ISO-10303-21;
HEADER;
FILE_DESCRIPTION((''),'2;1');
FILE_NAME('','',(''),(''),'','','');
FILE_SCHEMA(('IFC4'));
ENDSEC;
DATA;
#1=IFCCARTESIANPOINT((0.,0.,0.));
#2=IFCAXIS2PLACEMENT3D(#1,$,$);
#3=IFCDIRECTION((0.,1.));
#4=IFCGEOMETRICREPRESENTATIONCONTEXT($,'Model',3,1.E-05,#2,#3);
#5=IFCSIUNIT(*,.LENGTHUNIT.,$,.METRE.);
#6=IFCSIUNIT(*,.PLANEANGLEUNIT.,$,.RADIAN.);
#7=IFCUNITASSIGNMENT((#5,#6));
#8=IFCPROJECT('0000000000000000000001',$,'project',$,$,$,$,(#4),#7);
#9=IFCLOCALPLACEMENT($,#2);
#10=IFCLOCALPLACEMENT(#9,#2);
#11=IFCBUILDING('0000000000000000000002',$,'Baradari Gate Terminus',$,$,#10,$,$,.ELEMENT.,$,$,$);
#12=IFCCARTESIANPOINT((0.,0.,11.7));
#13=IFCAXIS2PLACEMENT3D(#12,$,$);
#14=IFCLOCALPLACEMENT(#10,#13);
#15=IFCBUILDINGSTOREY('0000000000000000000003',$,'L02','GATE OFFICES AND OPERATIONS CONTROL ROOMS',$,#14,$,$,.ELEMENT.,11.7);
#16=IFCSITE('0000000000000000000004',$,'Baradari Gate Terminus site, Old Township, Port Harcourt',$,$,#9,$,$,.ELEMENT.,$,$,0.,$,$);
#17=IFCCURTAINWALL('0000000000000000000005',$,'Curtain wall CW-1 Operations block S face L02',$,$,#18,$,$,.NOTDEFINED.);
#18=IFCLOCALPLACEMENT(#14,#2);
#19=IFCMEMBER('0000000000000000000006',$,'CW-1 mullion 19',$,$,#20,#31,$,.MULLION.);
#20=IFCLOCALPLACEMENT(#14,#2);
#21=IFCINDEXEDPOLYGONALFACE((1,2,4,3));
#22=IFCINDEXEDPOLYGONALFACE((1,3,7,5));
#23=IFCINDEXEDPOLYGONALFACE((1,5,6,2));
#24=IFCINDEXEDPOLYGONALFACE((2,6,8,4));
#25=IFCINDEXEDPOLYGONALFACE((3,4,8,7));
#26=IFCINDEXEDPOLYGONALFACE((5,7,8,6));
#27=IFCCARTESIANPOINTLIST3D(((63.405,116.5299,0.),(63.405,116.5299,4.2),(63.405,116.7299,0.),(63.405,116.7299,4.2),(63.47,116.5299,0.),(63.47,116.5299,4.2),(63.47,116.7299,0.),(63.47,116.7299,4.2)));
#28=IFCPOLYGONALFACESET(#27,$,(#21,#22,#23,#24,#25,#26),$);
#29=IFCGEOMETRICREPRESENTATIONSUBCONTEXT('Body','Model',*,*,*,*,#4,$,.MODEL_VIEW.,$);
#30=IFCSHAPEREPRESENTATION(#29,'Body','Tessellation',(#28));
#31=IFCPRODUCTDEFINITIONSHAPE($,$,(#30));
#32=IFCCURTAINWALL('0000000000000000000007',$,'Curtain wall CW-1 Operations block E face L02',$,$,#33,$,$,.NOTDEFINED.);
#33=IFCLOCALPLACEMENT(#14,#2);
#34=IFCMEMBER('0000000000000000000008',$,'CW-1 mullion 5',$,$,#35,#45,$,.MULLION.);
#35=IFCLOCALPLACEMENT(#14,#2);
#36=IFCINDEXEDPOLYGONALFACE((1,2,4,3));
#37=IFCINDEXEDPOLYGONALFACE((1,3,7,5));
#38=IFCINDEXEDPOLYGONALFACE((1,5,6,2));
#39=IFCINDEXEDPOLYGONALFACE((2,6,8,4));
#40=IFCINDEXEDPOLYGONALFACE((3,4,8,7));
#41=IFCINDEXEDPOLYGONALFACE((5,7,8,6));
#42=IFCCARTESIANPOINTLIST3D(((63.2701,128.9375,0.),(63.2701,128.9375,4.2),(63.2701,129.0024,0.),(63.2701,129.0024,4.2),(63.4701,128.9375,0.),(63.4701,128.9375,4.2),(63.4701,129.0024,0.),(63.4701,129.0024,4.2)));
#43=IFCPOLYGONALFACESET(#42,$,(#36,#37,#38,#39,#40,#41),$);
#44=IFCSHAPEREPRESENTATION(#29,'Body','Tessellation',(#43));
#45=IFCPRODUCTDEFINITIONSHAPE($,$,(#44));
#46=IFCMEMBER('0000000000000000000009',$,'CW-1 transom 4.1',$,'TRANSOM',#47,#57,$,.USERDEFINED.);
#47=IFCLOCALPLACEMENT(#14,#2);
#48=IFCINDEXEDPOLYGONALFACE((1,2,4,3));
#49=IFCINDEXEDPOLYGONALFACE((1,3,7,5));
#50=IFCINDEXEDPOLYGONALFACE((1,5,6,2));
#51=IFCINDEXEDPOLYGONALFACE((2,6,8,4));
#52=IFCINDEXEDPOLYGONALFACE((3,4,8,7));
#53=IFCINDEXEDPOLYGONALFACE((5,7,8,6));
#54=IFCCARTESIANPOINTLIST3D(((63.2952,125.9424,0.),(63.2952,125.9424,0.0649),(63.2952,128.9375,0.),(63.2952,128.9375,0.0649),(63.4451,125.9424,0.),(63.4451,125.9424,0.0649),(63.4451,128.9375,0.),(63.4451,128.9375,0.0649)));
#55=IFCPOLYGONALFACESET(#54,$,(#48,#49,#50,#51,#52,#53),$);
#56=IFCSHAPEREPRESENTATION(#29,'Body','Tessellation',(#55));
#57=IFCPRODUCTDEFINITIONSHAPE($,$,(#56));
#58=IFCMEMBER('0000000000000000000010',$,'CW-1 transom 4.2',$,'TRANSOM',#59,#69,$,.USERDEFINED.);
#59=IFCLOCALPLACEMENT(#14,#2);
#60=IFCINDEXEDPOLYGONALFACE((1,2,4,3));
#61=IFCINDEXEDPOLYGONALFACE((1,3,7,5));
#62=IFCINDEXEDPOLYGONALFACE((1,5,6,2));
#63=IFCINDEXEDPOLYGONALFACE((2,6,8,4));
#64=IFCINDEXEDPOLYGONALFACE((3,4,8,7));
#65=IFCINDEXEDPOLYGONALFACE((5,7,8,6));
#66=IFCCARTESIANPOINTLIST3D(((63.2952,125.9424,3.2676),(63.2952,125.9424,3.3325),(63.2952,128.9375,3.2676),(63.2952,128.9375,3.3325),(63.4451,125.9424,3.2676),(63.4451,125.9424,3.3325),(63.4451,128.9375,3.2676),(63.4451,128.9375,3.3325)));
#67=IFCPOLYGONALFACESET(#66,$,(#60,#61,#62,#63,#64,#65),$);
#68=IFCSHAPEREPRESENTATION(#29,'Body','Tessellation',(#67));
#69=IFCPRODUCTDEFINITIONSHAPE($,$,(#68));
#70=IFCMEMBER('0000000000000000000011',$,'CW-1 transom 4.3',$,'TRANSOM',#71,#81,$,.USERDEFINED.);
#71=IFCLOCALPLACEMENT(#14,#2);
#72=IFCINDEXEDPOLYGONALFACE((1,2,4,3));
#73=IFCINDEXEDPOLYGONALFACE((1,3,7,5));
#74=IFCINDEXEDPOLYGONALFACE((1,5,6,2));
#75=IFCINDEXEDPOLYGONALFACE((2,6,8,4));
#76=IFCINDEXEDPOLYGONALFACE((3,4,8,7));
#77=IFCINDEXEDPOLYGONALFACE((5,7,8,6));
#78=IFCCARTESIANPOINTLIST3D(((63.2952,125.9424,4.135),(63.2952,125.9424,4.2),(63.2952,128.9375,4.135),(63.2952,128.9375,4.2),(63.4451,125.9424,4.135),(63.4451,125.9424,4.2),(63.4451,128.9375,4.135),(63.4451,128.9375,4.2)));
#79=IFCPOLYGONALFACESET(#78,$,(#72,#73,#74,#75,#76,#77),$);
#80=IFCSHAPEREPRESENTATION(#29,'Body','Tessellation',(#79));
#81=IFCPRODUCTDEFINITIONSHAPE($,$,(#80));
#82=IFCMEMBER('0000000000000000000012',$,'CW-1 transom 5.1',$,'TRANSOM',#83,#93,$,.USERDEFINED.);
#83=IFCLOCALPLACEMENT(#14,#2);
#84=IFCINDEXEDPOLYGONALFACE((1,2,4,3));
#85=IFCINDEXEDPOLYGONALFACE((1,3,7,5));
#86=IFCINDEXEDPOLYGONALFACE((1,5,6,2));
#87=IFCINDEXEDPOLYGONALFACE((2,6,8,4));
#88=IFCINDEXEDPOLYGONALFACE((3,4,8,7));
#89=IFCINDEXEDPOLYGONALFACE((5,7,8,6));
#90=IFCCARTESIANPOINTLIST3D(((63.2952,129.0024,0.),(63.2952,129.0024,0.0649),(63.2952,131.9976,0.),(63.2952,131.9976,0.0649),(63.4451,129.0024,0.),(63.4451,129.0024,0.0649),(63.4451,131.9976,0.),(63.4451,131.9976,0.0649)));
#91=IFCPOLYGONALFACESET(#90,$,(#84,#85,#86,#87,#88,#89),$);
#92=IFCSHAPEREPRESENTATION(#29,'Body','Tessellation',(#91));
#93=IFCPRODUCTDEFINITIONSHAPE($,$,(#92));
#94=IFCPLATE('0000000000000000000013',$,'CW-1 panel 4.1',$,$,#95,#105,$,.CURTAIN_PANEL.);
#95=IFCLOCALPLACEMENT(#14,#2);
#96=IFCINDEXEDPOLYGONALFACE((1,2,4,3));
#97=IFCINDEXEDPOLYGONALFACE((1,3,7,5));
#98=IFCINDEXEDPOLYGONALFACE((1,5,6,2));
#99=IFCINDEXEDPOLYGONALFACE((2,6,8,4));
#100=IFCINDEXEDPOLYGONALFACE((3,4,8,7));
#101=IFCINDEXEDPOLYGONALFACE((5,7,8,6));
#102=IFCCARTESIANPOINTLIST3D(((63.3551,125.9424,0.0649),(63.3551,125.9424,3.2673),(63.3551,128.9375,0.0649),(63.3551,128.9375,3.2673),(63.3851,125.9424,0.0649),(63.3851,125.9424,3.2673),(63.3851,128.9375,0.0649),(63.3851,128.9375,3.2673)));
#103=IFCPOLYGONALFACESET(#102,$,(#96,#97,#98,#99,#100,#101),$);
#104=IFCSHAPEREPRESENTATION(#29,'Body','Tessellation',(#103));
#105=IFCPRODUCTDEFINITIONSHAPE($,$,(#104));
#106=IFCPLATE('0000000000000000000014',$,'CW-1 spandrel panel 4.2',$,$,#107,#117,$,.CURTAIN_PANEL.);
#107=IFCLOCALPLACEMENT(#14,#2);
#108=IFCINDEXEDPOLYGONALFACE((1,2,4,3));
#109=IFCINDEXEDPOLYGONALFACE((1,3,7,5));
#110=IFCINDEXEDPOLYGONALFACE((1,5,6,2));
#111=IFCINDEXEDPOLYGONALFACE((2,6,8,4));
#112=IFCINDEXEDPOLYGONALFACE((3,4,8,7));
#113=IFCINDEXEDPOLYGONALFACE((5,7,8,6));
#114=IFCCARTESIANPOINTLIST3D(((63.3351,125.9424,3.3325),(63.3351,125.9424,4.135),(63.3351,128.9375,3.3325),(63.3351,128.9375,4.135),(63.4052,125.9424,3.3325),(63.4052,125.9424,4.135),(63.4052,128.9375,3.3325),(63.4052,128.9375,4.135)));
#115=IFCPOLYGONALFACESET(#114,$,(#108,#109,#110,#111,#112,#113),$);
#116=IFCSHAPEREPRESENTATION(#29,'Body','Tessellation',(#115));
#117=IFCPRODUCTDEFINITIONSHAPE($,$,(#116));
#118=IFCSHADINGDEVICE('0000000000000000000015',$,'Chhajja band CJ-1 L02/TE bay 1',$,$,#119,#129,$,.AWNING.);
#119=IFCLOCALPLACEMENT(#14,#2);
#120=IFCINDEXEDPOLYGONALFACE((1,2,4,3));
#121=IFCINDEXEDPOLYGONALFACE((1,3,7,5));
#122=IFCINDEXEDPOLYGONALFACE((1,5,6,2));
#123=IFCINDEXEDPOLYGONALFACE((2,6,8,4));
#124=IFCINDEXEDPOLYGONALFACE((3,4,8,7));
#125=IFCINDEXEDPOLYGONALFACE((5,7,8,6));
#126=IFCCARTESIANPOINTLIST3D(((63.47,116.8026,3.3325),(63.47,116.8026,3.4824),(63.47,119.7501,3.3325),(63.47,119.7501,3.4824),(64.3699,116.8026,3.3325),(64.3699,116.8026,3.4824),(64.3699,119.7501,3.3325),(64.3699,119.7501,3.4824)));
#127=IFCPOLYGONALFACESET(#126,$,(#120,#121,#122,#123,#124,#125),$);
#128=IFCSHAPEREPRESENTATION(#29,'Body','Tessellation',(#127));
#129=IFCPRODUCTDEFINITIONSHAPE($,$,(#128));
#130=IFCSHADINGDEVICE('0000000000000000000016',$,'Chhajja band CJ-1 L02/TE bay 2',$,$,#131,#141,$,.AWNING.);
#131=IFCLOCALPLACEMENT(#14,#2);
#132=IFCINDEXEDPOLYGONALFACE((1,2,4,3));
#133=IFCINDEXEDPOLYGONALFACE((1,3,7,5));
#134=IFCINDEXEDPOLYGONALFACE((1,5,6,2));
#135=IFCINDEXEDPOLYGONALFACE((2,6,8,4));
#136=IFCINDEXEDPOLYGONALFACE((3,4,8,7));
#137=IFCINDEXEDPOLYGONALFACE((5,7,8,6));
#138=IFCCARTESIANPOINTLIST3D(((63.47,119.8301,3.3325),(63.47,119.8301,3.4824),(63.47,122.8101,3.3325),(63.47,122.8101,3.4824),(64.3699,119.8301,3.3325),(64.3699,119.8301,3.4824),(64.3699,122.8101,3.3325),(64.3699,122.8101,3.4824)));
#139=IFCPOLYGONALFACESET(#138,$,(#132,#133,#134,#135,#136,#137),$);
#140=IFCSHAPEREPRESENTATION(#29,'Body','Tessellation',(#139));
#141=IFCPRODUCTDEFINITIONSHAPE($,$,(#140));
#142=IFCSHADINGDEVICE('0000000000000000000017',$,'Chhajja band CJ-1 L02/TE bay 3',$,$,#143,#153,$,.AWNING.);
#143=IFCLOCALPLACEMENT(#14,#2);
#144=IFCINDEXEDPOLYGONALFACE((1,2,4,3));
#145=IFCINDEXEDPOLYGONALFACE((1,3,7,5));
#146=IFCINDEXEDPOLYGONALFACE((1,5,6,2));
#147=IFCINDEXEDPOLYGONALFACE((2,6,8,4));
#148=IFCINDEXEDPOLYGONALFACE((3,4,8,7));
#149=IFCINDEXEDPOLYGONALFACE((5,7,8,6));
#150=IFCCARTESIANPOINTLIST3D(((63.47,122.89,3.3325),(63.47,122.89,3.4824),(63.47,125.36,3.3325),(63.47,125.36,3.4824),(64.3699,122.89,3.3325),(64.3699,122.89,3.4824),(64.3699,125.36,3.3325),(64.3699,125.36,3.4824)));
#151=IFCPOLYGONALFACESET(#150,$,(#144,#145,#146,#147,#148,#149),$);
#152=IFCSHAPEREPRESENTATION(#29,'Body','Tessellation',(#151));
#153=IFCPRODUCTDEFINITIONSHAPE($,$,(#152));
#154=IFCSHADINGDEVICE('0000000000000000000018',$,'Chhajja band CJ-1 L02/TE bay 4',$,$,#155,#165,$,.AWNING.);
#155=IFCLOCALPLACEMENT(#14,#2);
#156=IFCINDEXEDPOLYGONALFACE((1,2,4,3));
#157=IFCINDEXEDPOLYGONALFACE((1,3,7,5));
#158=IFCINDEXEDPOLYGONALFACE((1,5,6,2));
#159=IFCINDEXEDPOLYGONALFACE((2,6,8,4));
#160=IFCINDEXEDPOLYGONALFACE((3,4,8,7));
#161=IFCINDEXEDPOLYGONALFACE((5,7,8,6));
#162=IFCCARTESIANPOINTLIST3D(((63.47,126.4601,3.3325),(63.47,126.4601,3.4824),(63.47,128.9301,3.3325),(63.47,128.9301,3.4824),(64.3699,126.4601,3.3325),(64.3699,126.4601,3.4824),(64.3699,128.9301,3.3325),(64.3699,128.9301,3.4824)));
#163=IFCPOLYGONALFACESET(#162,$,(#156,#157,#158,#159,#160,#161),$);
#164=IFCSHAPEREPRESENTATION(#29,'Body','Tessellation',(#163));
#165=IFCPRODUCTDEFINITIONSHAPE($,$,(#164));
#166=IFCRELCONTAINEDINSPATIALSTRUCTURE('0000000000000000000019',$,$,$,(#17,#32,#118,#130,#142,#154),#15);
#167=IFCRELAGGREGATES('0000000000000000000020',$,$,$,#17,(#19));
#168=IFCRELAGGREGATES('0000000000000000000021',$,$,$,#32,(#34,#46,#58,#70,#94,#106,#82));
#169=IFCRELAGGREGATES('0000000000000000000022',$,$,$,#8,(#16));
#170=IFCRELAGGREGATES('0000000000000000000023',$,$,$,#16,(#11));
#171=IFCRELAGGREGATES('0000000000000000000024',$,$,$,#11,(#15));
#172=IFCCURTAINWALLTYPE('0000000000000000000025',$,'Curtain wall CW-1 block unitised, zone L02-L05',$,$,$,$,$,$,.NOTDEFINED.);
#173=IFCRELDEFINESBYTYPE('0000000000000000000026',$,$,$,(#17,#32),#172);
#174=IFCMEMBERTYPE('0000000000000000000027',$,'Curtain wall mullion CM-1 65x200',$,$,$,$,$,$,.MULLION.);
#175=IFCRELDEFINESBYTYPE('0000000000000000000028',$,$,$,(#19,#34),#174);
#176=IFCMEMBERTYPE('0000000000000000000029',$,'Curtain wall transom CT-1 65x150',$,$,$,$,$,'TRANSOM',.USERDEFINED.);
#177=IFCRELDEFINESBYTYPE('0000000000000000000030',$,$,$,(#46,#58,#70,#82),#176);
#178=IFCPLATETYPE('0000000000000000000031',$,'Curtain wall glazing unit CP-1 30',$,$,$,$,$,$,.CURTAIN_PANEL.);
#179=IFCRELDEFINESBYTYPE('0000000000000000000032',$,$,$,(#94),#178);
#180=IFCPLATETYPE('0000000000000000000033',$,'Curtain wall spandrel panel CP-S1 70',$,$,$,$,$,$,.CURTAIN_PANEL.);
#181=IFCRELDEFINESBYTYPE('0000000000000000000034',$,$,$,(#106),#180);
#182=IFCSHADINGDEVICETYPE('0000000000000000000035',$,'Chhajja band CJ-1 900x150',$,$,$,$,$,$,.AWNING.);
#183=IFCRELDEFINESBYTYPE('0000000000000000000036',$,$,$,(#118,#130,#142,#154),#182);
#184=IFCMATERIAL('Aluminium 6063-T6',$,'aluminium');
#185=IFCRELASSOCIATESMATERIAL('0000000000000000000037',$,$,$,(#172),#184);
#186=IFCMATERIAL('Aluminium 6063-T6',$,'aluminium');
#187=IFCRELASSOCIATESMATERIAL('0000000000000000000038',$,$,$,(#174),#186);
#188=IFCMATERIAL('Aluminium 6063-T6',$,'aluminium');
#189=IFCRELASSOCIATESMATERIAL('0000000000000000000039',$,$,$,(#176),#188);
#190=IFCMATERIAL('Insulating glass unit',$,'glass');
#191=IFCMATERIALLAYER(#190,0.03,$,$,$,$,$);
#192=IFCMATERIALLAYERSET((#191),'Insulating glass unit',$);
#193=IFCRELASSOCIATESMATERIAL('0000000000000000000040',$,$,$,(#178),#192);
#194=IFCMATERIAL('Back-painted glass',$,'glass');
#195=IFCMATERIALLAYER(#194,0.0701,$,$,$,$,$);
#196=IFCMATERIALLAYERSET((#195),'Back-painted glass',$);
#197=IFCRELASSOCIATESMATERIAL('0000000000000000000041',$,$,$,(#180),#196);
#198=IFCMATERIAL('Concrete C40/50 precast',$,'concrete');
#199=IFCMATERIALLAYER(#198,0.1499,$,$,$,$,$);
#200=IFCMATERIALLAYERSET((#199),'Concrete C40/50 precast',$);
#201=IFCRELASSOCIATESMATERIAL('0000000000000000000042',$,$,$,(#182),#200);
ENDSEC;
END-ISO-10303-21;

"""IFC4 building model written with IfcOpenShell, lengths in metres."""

from ifc_helpers import new_model, si_unit, direction, frame, origin, origin_2d, place, context, subcontext, project, spatial, rectangle, extrude, material, layer, layer_set, material_profile, profile_set, type_object, element, aggregate, save


model = new_model("IFC4")

# Units and contexts
model_context = context("Model", 3, precision=1e-05, world=origin(), true_north=direction((0.0, 1.0)))
body_context = subcontext(model_context, "Body", "Model", "MODEL_VIEW")
ifc_project = project(units=[si_unit("LENGTHUNIT", "METRE"), si_unit("PLANEANGLEUNIT", "RADIAN")], contexts=[model_context])

# Site, building, storey
site_placement = place(None, origin())
site = spatial("IfcSite", under=ifc_project, at=site_placement, Name="Baradari Gate Terminus site, Old Township, Port Harcourt", CompositionType="ELEMENT", RefElevation=0.0)
building_placement = place(site_placement, origin())
building = spatial("IfcBuilding", under=site, at=building_placement, Name="Baradari Gate Terminus", CompositionType="ELEMENT")
storey_placement = place(building_placement, frame((0.0, 0.0, 11.7)))
storey = spatial("IfcBuildingStorey", under=building, at=storey_placement, Name="L02", Description="GATE OFFICES AND OPERATIONS CONTROL ROOMS", CompositionType="ELEMENT", Elevation=11.7)

# Curtain wall, member
ifc_material_1 = material(Name="Aluminium 6063-T6", Category="aluminium")
curtain_wall_type = type_object("IfcCurtainWallType", Name="Curtain wall CW-1 block unitised, zone L02-L05", PredefinedType="NOTDEFINED", material=ifc_material_1)
curtain_wall_1_placement = place(storey_placement, origin())
curtain_wall_1 = element("IfcCurtainWall", 1, at=curtain_wall_1_placement, inside=storey, type_object=curtain_wall_type, Name="Curtain wall CW-1 Operations block S face L02", PredefinedType="NOTDEFINED")
ifc_material_2 = material(Name="Aluminium 6063-T6", Category="aluminium")
ifc_material_profile_1 = material_profile(ifc_material_2, rectangle(XDim=0.2, YDim=0.0649, at=origin_2d()), Name="CM-1 65X200")
ifc_profile_set_1 = profile_set([ifc_material_profile_1], Name="Aluminium 6063-T6")
member_type_1 = type_object("IfcMemberType", Name="Curtain wall mullion CM-1 65x200", PredefinedType="MULLION", material=ifc_profile_set_1)
member_1_placement = place(storey_placement, frame((63.4375, 116.6299, 0.0), z_axis=(0.0, 0.0, 1.0), x_axis=(0.0, 1.0, 0.0)))
member_1 = element("IfcMember", 2, at=member_1_placement, type_object=member_type_1, Name="CW-1 mullion 19", PredefinedType="MULLION", context=body_context, shape_type="SweptSolid", body=[
    extrude(rectangle(XDim=0.2, YDim=0.0649, at=origin_2d()), origin(), (0.0, 0.0, 1.0), 4.2),
])
aggregate(curtain_wall_1, [member_1])

# Curtain wall, members, plates
curtain_wall_2_placement = place(storey_placement, origin())
curtain_wall_2 = element("IfcCurtainWall", 3, at=curtain_wall_2_placement, inside=storey, type_object=curtain_wall_type, Name="Curtain wall CW-1 Operations block E face L02", PredefinedType="NOTDEFINED")
member_2_placement = place(storey_placement, frame((63.3701, 128.97, 0.0), z_axis=(0.0, 0.0, 1.0), x_axis=(-1.0, 0.0, 0.0)))
member_2 = element("IfcMember", 4, at=member_2_placement, type_object=member_type_1, Name="CW-1 mullion 5", PredefinedType="MULLION", context=body_context, shape_type="SweptSolid", body=[
    extrude(rectangle(XDim=0.2, YDim=0.0649, at=origin_2d()), origin(), (0.0, 0.0, 1.0), 4.2),
])
ifc_material_3 = material(Name="Aluminium 6063-T6", Category="aluminium")
ifc_material_profile_2 = material_profile(ifc_material_3, rectangle(XDim=0.1499, YDim=0.0649, at=origin_2d()), Name="CT-1 65X150")
ifc_profile_set_2 = profile_set([ifc_material_profile_2], Name="Aluminium 6063-T6")
member_type_2 = type_object("IfcMemberType", Name="Curtain wall transom CT-1 65x150", ElementType="TRANSOM", PredefinedType="USERDEFINED", material=ifc_profile_set_2)
member_3_placement = place(storey_placement, frame((63.3701, 125.9424, 0.0325), z_axis=(0.0, 1.0, 0.0), x_axis=(-1.0, 0.0, 0.0)))
member_3 = element("IfcMember", 5, at=member_3_placement, type_object=member_type_2, Name="CW-1 transom 4.1", ObjectType="TRANSOM", PredefinedType="USERDEFINED", context=body_context, shape_type="SweptSolid", body=[
    extrude(rectangle(XDim=0.1499, YDim=0.0649, at=origin_2d()), origin(), (0.0, 0.0, 1.0), 2.9951),
])
member_4_placement = place(storey_placement, frame((63.3701, 125.9424, 3.3), z_axis=(0.0, 1.0, 0.0), x_axis=(-1.0, 0.0, 0.0)))
member_4 = element("IfcMember", 6, at=member_4_placement, type_object=member_type_2, Name="CW-1 transom 4.2", ObjectType="TRANSOM", PredefinedType="USERDEFINED", context=body_context, shape_type="SweptSolid", body=[
    extrude(rectangle(XDim=0.1499, YDim=0.0649, at=origin_2d()), origin(), (0.0, 0.0, 1.0), 2.9951),
])
member_5_placement = place(storey_placement, frame((63.3701, 125.9424, 4.1675), z_axis=(0.0, 1.0, 0.0), x_axis=(-1.0, 0.0, 0.0)))
member_5 = element("IfcMember", 7, at=member_5_placement, type_object=member_type_2, Name="CW-1 transom 4.3", ObjectType="TRANSOM", PredefinedType="USERDEFINED", context=body_context, shape_type="SweptSolid", body=[
    extrude(rectangle(XDim=0.1499, YDim=0.0649, at=origin_2d()), origin(), (0.0, 0.0, 1.0), 2.9951),
])
member_6_placement = place(storey_placement, frame((63.3701, 129.0024, 0.0325), z_axis=(0.0, 1.0, 0.0), x_axis=(-1.0, 0.0, 0.0)))
member_6 = element("IfcMember", 8, at=member_6_placement, type_object=member_type_2, Name="CW-1 transom 5.1", ObjectType="TRANSOM", PredefinedType="USERDEFINED", context=body_context, shape_type="SweptSolid", body=[
    extrude(rectangle(XDim=0.1499, YDim=0.0649, at=origin_2d()), origin(), (0.0, 0.0, 1.0), 2.9951),
])
ifc_material_4 = material(Name="Insulating glass unit", Category="glass")
ifc_layer_1 = layer(ifc_material_4, 0.03)
ifc_layer_set_1 = layer_set([ifc_layer_1], Name="Insulating glass unit")
plate_type_1 = type_object("IfcPlateType", Name="Curtain wall glazing unit CP-1 30", PredefinedType="CURTAIN_PANEL", material=ifc_layer_set_1)
plate_1_placement = place(storey_placement, frame((63.3701, 127.4399, 0.0649), z_axis=(0.0, 0.0, 1.0), x_axis=(0.0, 1.0, 0.0)))
plate_1 = element("IfcPlate", 9, at=plate_1_placement, type_object=plate_type_1, Name="CW-1 panel 4.1", PredefinedType="CURTAIN_PANEL", context=body_context, shape_type="SweptSolid", body=[
    extrude(rectangle(XDim=2.9951, YDim=0.03, at=origin_2d()), origin(), (0.0, 0.0, 1.0), 3.2024),
])
ifc_material_5 = material(Name="Back-painted glass", Category="glass")
ifc_layer_2 = layer(ifc_material_5, 0.0701)
ifc_layer_set_2 = layer_set([ifc_layer_2], Name="Back-painted glass")
plate_type_2 = type_object("IfcPlateType", Name="Curtain wall spandrel panel CP-S1 70", PredefinedType="CURTAIN_PANEL", material=ifc_layer_set_2)
plate_2_placement = place(storey_placement, frame((63.3701, 127.4399, 3.3325), z_axis=(0.0, 0.0, 1.0), x_axis=(0.0, 1.0, 0.0)))
plate_2 = element("IfcPlate", 10, at=plate_2_placement, type_object=plate_type_2, Name="CW-1 spandrel panel 4.2", PredefinedType="CURTAIN_PANEL", context=body_context, shape_type="SweptSolid", body=[
    extrude(rectangle(XDim=2.9951, YDim=0.0701, at=origin_2d()), origin(), (0.0, 0.0, 1.0), 0.8025),
])
aggregate(curtain_wall_2, [member_2, member_3, member_4, member_5, plate_1, plate_2, member_6])

# Shading devices
ifc_material_6 = material(Name="Concrete C40/50 precast", Category="concrete")
ifc_layer_3 = layer(ifc_material_6, 0.1499)
ifc_layer_set_3 = layer_set([ifc_layer_3], Name="Concrete C40/50 precast")
shading_device_type_1 = type_object("IfcShadingDeviceType", Name="Chhajja band CJ-1 900x150", PredefinedType="AWNING", material=ifc_layer_set_3)
shading_device_1_placement = place(storey_placement, frame((63.9199, 118.2764, 3.3325), z_axis=(0.0, 0.0, 1.0), x_axis=(0.0, 1.0, 0.0)))
element("IfcShadingDevice", 11, at=shading_device_1_placement, inside=storey, type_object=shading_device_type_1, Name="Chhajja band CJ-1 L02/TE bay 1", PredefinedType="AWNING", context=body_context, shape_type="SweptSolid", body=[
    extrude(rectangle(XDim=2.9475, YDim=0.8999, at=origin_2d()), origin(), (0.0, 0.0, 1.0), 0.1499),
])
shading_device_2_placement = place(storey_placement, frame((63.9199, 121.3201, 3.3325), z_axis=(0.0, 0.0, 1.0), x_axis=(0.0, 1.0, 0.0)))
element("IfcShadingDevice", 12, at=shading_device_2_placement, inside=storey, type_object=shading_device_type_1, Name="Chhajja band CJ-1 L02/TE bay 2", PredefinedType="AWNING", context=body_context, shape_type="SweptSolid", body=[
    extrude(rectangle(XDim=2.98, YDim=0.8999, at=origin_2d()), origin(), (0.0, 0.0, 1.0), 0.1499),
])
for number, where, z_axis, x_axis, name in (
    (13, (63.9199, 124.125, 3.3325), (0.0, 0.0, 1.0), (0.0, 1.0, 0.0), "Chhajja band CJ-1 L02/TE bay 3"),
    (14, (63.9199, 127.6951, 3.3325), (0.0, 0.0, 1.0), (0.0, 1.0, 0.0), "Chhajja band CJ-1 L02/TE bay 4"),
):
    element("IfcShadingDevice", number, at=place(storey_placement, frame(where, z_axis=z_axis, x_axis=x_axis)), inside=storey, type_object=shading_device_type_1, Name=name, PredefinedType="AWNING", context=body_context, shape_type="SweptSolid", body=[
        extrude(rectangle(XDim=2.47, YDim=0.8999, at=origin_2d()), origin(), (0.0, 0.0, 1.0), 0.1499),
    ])

save(model, "model.ifc")
